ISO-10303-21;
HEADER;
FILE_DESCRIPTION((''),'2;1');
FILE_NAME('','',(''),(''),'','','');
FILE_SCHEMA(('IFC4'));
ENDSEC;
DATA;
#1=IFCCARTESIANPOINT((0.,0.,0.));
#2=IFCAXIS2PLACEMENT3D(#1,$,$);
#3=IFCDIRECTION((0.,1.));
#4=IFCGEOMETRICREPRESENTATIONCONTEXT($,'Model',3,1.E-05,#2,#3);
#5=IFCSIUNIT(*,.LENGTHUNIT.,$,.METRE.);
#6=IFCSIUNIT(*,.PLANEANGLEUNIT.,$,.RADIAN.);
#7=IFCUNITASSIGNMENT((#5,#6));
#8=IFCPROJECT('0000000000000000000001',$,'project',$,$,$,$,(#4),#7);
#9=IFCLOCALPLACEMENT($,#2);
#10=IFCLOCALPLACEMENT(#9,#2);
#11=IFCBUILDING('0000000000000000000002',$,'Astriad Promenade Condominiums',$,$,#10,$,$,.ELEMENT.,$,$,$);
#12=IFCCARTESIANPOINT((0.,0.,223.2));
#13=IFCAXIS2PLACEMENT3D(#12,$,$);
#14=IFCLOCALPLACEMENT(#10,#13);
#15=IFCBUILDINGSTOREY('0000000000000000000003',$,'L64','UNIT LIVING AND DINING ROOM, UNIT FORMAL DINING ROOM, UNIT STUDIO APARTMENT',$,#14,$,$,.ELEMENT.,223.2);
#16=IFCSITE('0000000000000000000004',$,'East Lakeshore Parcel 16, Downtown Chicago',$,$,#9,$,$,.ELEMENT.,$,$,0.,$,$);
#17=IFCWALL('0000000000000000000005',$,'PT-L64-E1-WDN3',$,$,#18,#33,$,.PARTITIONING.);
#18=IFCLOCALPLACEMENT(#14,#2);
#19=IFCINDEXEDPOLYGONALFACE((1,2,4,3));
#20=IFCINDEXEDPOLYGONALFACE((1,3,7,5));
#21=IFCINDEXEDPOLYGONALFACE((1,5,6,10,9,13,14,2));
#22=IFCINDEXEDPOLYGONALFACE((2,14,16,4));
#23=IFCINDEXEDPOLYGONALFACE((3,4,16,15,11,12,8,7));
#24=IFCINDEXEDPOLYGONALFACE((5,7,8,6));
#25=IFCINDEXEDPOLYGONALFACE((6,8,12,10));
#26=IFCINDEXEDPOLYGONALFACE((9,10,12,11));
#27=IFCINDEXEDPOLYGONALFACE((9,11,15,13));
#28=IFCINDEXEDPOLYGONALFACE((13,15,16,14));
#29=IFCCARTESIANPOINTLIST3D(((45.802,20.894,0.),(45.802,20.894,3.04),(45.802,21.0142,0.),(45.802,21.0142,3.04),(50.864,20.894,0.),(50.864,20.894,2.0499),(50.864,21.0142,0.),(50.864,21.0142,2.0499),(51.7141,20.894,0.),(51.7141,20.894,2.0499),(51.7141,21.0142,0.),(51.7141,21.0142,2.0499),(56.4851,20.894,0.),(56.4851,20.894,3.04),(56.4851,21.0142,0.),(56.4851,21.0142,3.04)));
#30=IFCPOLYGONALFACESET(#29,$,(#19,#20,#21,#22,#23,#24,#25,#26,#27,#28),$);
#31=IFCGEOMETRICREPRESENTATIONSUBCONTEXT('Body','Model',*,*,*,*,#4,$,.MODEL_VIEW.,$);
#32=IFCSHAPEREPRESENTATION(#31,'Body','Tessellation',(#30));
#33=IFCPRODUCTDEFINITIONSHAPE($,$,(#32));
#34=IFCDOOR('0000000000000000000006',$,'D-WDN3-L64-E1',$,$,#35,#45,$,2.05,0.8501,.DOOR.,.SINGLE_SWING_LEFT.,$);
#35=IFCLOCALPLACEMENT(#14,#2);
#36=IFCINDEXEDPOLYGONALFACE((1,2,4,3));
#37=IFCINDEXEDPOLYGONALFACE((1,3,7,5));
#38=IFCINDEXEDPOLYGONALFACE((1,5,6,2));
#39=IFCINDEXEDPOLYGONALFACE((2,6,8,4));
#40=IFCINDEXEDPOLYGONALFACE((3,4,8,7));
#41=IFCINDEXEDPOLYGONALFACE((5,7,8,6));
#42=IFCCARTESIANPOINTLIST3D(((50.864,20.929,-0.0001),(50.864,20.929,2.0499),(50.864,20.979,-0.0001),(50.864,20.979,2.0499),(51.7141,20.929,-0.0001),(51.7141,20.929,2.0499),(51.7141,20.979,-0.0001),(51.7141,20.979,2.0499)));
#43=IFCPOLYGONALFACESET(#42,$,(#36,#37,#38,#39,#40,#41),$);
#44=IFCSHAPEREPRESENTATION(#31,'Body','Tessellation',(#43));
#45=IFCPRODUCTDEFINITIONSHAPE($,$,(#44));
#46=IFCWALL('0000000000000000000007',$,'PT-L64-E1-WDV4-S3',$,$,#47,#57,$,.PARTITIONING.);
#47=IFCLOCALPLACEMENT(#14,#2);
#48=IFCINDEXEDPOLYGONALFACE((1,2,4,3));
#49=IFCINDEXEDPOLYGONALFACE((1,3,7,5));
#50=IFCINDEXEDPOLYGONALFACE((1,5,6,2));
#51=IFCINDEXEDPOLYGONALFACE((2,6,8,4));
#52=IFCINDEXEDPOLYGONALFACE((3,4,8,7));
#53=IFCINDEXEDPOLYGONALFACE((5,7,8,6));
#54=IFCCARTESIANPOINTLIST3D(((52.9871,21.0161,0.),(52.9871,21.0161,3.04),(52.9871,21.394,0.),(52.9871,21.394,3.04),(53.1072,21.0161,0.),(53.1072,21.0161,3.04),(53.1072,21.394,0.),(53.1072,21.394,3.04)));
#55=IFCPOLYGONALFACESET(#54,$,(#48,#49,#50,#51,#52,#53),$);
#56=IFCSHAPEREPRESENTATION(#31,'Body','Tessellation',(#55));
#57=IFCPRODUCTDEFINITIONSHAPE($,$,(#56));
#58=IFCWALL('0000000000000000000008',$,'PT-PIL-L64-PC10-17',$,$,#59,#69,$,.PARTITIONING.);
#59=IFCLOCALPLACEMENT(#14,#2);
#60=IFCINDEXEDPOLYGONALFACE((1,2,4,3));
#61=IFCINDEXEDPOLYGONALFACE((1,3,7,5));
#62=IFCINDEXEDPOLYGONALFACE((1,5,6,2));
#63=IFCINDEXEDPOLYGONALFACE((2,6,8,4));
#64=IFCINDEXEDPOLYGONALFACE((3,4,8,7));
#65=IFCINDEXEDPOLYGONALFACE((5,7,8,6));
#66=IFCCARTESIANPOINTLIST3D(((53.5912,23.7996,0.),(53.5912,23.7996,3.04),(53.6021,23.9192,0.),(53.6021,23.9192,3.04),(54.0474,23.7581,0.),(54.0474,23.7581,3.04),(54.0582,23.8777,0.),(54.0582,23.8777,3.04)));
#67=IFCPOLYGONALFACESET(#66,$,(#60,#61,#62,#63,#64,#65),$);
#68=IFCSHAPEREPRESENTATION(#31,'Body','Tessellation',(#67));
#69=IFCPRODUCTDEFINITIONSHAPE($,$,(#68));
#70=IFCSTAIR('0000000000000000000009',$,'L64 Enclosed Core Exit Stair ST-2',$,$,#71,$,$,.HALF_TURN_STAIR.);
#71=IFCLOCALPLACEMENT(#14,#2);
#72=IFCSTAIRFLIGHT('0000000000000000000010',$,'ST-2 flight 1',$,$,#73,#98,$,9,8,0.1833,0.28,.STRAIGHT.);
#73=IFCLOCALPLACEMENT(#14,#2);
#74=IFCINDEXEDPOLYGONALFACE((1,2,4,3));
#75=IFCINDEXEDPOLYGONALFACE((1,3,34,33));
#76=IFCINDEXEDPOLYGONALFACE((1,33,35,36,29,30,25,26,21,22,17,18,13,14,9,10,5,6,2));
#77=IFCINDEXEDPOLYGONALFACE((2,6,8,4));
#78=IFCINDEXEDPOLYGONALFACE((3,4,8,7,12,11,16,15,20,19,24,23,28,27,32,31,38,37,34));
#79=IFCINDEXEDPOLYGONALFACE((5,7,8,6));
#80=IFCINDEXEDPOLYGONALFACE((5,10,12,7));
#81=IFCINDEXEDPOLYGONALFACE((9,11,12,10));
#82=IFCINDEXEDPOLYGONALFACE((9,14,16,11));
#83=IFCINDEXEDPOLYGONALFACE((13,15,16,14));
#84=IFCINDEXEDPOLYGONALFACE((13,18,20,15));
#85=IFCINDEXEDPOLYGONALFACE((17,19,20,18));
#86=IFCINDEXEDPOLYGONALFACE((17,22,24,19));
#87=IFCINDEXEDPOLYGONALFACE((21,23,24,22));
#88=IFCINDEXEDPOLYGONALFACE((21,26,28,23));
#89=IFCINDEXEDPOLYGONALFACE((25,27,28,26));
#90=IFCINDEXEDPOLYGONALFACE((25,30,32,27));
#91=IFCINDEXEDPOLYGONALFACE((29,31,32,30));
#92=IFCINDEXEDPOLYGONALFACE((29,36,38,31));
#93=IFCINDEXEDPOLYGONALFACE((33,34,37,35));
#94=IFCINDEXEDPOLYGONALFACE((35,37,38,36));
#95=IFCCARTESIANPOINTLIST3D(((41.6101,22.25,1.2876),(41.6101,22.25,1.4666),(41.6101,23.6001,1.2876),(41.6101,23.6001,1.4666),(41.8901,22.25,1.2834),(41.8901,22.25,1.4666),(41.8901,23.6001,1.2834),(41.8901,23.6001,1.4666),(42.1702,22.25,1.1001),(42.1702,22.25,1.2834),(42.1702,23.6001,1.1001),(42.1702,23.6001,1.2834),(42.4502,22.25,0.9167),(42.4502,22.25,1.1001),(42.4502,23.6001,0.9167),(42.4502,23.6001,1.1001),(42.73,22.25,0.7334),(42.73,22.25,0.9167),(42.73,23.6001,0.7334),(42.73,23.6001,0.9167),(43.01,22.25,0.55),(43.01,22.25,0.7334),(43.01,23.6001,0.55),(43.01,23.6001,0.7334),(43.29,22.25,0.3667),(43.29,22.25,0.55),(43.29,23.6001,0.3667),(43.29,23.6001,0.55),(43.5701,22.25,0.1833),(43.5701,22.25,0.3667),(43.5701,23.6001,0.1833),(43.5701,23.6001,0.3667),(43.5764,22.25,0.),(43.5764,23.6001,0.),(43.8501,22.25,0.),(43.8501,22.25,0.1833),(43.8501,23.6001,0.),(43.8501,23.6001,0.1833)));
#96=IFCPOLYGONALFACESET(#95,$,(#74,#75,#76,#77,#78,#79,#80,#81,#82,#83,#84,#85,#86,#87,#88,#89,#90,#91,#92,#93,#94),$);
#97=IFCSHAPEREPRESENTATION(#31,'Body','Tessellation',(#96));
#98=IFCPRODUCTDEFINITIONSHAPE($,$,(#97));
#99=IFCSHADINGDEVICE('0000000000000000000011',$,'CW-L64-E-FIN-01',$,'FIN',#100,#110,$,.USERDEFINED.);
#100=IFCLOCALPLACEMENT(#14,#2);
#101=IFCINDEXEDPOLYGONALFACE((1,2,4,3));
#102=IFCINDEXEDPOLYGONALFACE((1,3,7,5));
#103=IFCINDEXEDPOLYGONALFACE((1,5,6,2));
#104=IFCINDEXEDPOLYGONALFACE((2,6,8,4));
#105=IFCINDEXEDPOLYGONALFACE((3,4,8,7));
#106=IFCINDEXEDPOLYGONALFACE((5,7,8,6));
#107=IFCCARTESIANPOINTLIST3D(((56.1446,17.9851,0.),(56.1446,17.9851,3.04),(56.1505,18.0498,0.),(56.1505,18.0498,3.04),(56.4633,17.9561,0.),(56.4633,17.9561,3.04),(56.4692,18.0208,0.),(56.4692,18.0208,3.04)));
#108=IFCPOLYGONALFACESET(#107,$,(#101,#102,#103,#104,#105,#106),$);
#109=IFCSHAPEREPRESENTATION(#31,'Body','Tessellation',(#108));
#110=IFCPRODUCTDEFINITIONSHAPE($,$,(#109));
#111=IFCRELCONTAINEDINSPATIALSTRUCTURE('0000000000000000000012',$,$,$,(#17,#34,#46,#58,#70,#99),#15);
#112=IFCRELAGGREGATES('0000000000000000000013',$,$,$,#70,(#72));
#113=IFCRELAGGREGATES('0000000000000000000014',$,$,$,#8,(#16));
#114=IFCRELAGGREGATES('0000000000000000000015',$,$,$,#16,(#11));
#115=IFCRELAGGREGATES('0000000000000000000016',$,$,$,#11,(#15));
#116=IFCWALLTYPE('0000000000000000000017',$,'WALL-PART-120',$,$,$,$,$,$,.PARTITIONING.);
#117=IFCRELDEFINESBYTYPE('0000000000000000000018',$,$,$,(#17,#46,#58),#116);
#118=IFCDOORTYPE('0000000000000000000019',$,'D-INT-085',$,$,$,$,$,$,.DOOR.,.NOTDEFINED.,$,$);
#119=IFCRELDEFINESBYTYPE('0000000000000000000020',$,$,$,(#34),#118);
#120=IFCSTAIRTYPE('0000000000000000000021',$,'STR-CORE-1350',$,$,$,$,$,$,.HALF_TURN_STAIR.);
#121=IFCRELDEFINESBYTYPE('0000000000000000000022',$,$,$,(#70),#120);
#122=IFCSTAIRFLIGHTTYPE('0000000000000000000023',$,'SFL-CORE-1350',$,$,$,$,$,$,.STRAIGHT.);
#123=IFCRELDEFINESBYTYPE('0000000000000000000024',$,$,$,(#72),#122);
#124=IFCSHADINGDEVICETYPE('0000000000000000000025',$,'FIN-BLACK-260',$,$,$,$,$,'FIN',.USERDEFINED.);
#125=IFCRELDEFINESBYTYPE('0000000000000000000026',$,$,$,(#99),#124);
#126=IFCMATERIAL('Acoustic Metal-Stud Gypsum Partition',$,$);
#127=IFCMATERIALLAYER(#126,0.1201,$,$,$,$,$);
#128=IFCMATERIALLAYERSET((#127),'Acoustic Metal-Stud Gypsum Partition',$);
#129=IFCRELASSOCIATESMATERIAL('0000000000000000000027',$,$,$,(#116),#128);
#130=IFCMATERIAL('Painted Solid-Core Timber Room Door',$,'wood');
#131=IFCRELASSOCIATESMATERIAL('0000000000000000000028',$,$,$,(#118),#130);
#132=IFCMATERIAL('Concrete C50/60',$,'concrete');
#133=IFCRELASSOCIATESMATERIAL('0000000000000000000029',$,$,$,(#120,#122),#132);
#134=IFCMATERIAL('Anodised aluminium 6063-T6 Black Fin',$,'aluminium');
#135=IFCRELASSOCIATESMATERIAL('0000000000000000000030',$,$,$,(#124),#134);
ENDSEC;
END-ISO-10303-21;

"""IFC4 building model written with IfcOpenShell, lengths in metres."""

from ifc_helpers import new_model, si_unit, direction, frame, frame_2d, origin, origin_2d, place, context, subcontext, project, spatial, polyline, rectangle, outline, extrude, source, transform, mapped, material, layer, layer_set, type_object, type_shapes, element, fill, aggregate, save


model = new_model("IFC4")

# Units and contexts
model_context = context("Model", 3, precision=1e-05, world=origin(), true_north=direction((0.0, 1.0)))
body_context = subcontext(model_context, "Body", "Model", "MODEL_VIEW")
ifc_project = project(units=[si_unit("LENGTHUNIT", "METRE"), si_unit("PLANEANGLEUNIT", "RADIAN")], contexts=[model_context])

# Site, building, storey
site_placement = place(None, origin())
site = spatial("IfcSite", under=ifc_project, at=site_placement, Name="East Lakeshore Parcel 16, Downtown Chicago", CompositionType="ELEMENT", RefElevation=0.0)
building_placement = place(site_placement, origin())
building = spatial("IfcBuilding", under=site, at=building_placement, Name="Astriad Promenade Condominiums", CompositionType="ELEMENT")
storey_placement = place(building_placement, frame((0.0, 0.0, 223.2)))
storey = spatial("IfcBuildingStorey", under=building, at=storey_placement, Name="L64", Description="UNIT LIVING AND DINING ROOM, UNIT FORMAL DINING ROOM, UNIT STUDIO APARTMENT", CompositionType="ELEMENT", Elevation=223.2)

# Shared definitions
ifc_material_1 = material(Name="Concrete C50/60", Category="concrete")

# Shared definitions
ifc_material_2 = material(Name="Acoustic Metal-Stud Gypsum Partition")
ifc_layer_1 = layer(ifc_material_2, 0.1201)
ifc_layer_set_1 = layer_set([ifc_layer_1], Name="Acoustic Metal-Stud Gypsum Partition")
wall_type_1 = type_object("IfcWallType", Name="WALL-PART-120", PredefinedType="PARTITIONING", material=ifc_layer_set_1)

# Wall, opening, door
ifc_material_3 = material(Name="Painted Solid-Core Timber Room Door", Category="wood")
door_type = type_object("IfcDoorType", Name="D-INT-085", OperationType="NOTDEFINED", PredefinedType="DOOR", material=ifc_material_3)
shared_shape_1 = source(origin(), body_context, "Body", "SweptSolid", [
    extrude(rectangle(XDim=0.8501, YDim=2.05, at=frame_2d((0.425, 1.0249))), frame((0.0, 0.0249, 0.0), z_axis=(0.0, -1.0, 0.0), x_axis=(1.0, 0.0, 0.0)), (0.0, 0.0, 1.0), 0.05),
])
type_shapes(door_type, [shared_shape_1])
wall_1_placement = place(storey_placement, frame((45.802, 20.9541, 0.0), z_axis=(0.0, 0.0, 1.0), x_axis=(1.0, 0.0, 0.0)))
wall_1 = element("IfcWall", 1, at=wall_1_placement, inside=storey, type_object=wall_type_1, Name="PT-L64-E1-WDN3", PredefinedType="PARTITIONING", context=body_context, shape_type="SweptSolid", body=[
    extrude(rectangle(XDim=10.6831, YDim=0.1201, at=frame_2d((5.3416, 0.0))), origin(), (0.0, 0.0, 1.0), 3.04),
])
opening_1_placement = place(wall_1_placement, frame((5.062, 0.0, 0.0)))
opening_1 = element("IfcOpeningElement", 2, at=opening_1_placement, cuts=wall_1, PredefinedType="OPENING", context=body_context, shape_type="SweptSolid", body=[
    extrude(rectangle(XDim=0.8501, YDim=2.05, at=frame_2d((0.425, 1.0249))), frame((0.0, 0.0701, 0.0), z_axis=(0.0, -1.0, 0.0), x_axis=(1.0, 0.0, 0.0)), (0.0, 0.0, 1.0), 0.1401),
])
door_1_placement = place(opening_1_placement, origin())
door_1 = element("IfcDoor", 3, at=door_1_placement, inside=storey, type_object=door_type, Name="D-WDN3-L64-E1", OperationType="SINGLE_SWING_LEFT", OverallHeight=2.05, OverallWidth=0.8501, PredefinedType="DOOR", context=body_context, shape_type="MappedRepresentation", body=[
    mapped(shared_shape_1, transform((0.0, 0.0, 0.0), scale=1.0)),
])
fill(opening_1, door_1)

# Walls
wall_2_placement = place(storey_placement, frame((53.0471, 21.0161, 0.0), z_axis=(0.0, 0.0, 1.0), x_axis=(0.0, 1.0, 0.0)))
element("IfcWall", 4, at=wall_2_placement, inside=storey, type_object=wall_type_1, Name="PT-L64-E1-WDV4-S3", PredefinedType="PARTITIONING", context=body_context, shape_type="SweptSolid", body=[
    extrude(rectangle(XDim=0.3779, YDim=0.1201, at=frame_2d((0.189, 0.0))), origin(), (0.0, 0.0, 1.0), 3.04),
])
wall_3_placement = place(storey_placement, frame((53.5967, 23.8594, 0.0), z_axis=(0.0, 0.0, 1.0), x_axis=(0.995884, -0.090632, 0.0)))
element("IfcWall", 5, at=wall_3_placement, inside=storey, type_object=wall_type_1, Name="PT-PIL-L64-PC10-17", PredefinedType="PARTITIONING", context=body_context, shape_type="SweptSolid", body=[
    extrude(rectangle(XDim=0.458, YDim=0.1201, at=frame_2d((0.229, 0.0))), origin(), (0.0, 0.0, 1.0), 3.04),
])

# Stair, stair flight
stair_type = type_object("IfcStairType", Name="STR-CORE-1350", PredefinedType="HALF_TURN_STAIR", material=ifc_material_1)
stair_placement = place(storey_placement, origin())
stair = element("IfcStair", 6, at=stair_placement, inside=storey, type_object=stair_type, Name="L64 Enclosed Core Exit Stair ST-2", PredefinedType="HALF_TURN_STAIR")
stair_flight_type = type_object("IfcStairFlightType", Name="SFL-CORE-1350", PredefinedType="STRAIGHT", material=ifc_material_1)
shared_shape_2 = source(origin(), body_context, "Body", "SweptSolid", [
    extrude(outline(polyline([(0.0, 0.0), (0.0, 0.1833), (0.28, 0.1833), (0.28, 0.3667), (0.5601, 0.3667), (0.5601, 0.55), (0.8401, 0.55), (0.8401, 0.7334), (1.1201, 0.7334), (1.1201, 0.9167), (1.3999, 0.9167), (1.3999, 1.1001), (1.6799, 1.1001), (1.6799, 1.2834), (1.96, 1.2834), (1.96, 1.4666), (2.24, 1.4666), (2.24, 1.6499), (2.24, 1.2876), (0.2737, 0.0), (0.0, 0.0)])), frame((0.0, 0.675, 0.0), z_axis=(0.0, -1.0, 0.0), x_axis=(1.0, 0.0, 0.0)), (0.0, 0.0, 1.0), 1.3501),
])
type_shapes(stair_flight_type, [shared_shape_2])
stair_flight_placement = place(storey_placement, frame((43.8501, 22.925, 0.0), z_axis=(0.0, 0.0, 1.0), x_axis=(-1.0, 0.0, 0.0)))
stair_flight = element("IfcStairFlight", 7, at=stair_flight_placement, type_object=stair_flight_type, Name="ST-2 flight 1", NumberOfRisers=9, NumberOfTreads=8, PredefinedType="STRAIGHT", RiserHeight=0.1833, TreadLength=0.28, context=body_context, shape_type="MappedRepresentation", body=[
    mapped(shared_shape_2, transform((0.0, 0.0, 0.0), scale=1.0)),
])
aggregate(stair, [stair_flight])

# Shading device
ifc_material_4 = material(Name="Anodised aluminium 6063-T6 Black Fin", Category="aluminium")
shading_device_type = type_object("IfcShadingDeviceType", Name="FIN-BLACK-260", ElementType="FIN", PredefinedType="USERDEFINED", material=ifc_material_4)
shared_shape_3 = source(origin(), body_context, "Body", "SweptSolid", [
    extrude(rectangle(XDim=0.0649, YDim=0.3201, at=origin_2d()), origin(), (0.0, 0.0, 1.0), 3.04),
])
type_shapes(shading_device_type, [shared_shape_3])
shading_device_placement = place(storey_placement, frame((56.3069, 18.0029, 0.0), z_axis=(0.0, 0.0, 1.0), x_axis=(-0.090633, -0.995884, 0.0)))
element("IfcShadingDevice", 8, at=shading_device_placement, inside=storey, type_object=shading_device_type, Name="CW-L64-E-FIN-01", ObjectType="FIN", PredefinedType="USERDEFINED", context=body_context, shape_type="MappedRepresentation", body=[
    mapped(shared_shape_3, transform((0.0, 0.0, 0.0), scale=1.0)),
])

save(model, "model.ifc")
